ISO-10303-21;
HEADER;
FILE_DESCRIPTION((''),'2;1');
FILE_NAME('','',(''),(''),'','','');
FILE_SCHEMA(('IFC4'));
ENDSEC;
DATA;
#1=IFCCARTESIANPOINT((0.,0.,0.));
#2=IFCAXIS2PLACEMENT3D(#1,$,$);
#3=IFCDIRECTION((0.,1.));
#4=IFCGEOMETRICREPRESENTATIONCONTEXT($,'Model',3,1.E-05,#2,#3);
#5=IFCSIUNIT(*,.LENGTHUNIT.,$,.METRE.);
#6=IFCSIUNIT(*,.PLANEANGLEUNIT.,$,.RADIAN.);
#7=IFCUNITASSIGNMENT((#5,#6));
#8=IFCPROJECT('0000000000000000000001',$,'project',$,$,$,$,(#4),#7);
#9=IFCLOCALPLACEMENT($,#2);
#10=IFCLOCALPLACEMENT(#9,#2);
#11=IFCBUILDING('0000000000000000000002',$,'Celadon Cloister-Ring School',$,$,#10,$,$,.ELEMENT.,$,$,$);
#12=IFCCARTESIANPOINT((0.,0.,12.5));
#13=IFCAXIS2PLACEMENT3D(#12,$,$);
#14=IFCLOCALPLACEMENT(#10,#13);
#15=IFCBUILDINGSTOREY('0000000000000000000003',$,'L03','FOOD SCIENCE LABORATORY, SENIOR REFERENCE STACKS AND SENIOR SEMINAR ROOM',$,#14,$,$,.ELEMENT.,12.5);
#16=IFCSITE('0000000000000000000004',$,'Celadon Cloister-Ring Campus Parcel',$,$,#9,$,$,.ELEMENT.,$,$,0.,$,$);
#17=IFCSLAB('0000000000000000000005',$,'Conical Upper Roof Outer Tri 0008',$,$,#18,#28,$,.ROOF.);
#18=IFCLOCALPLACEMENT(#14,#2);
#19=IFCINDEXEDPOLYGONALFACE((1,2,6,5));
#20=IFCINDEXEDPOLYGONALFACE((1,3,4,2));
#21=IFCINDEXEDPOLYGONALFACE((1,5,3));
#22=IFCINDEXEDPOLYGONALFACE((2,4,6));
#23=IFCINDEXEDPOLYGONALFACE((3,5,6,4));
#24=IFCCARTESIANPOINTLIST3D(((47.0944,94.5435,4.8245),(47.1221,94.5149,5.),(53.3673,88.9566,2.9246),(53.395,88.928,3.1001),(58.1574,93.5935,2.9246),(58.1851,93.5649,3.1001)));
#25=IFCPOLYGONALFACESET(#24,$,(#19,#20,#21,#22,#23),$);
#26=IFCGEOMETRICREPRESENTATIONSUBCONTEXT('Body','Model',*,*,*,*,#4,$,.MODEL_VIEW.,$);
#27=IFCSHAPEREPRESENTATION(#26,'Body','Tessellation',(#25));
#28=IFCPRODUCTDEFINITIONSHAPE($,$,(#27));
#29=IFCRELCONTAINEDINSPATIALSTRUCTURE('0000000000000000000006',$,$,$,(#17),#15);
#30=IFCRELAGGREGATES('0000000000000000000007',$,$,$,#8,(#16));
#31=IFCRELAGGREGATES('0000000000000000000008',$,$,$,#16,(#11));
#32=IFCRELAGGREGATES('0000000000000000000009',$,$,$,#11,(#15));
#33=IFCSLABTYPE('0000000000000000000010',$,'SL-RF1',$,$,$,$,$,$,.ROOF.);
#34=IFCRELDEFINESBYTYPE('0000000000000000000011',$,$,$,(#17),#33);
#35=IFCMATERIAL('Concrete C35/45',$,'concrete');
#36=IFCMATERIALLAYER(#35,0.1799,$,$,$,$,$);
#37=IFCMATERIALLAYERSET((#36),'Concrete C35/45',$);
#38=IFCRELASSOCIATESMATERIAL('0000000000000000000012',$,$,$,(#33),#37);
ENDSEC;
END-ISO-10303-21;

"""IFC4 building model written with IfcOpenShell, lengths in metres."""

from ifc_helpers import new_model, si_unit, direction, frame, origin, place, context, subcontext, project, spatial, polyline, outline, extrude, material, layer, layer_set, type_object, element, save


model = new_model("IFC4")

# Units and contexts
model_context = context("Model", 3, precision=1e-05, world=origin(), true_north=direction((0.0, 1.0)))
body_context = subcontext(model_context, "Body", "Model", "MODEL_VIEW")
ifc_project = project(units=[si_unit("LENGTHUNIT", "METRE"), si_unit("PLANEANGLEUNIT", "RADIAN")], contexts=[model_context])

# Site, building, storey
site_placement = place(None, origin())
site = spatial("IfcSite", under=ifc_project, at=site_placement, Name="Celadon Cloister-Ring Campus Parcel", CompositionType="ELEMENT", RefElevation=0.0)
building_placement = place(site_placement, origin())
building = spatial("IfcBuilding", under=site, at=building_placement, Name="Celadon Cloister-Ring School", CompositionType="ELEMENT")
storey_placement = place(building_placement, frame((0.0, 0.0, 12.5)))
storey = spatial("IfcBuildingStorey", under=building, at=storey_placement, Name="L03", Description="FOOD SCIENCE LABORATORY, SENIOR REFERENCE STACKS AND SENIOR SEMINAR ROOM", CompositionType="ELEMENT", Elevation=12.5)

# Slab
ifc_material_1 = material(Name="Concrete C35/45", Category="concrete")
ifc_layer_1 = layer(ifc_material_1, 0.1799)
ifc_layer_set_1 = layer_set([ifc_layer_1], Name="Concrete C35/45")
slab_type = type_object("IfcSlabType", Name="SL-RF1", PredefinedType="ROOF", material=ifc_layer_set_1)
slab_1_placement = place(storey_placement, frame((58.1851, 93.5649, 3.1001), z_axis=(0.153836, -0.158915, 0.975234), x_axis=(-0.982061, 0.084327, 0.168654)))
element("IfcSlab", 1, at=slab_1_placement, inside=storey, type_object=slab_type, Name="Conical Upper Roof Outer Tri 0008", PredefinedType="ROOF", context=body_context, shape_type="SweptSolid", body=[
    extrude(outline(polyline([(0.0, 0.0), (11.2651, 0.0), (4.3131, 5.0836), (0.0, 0.0)])), origin(), (0.0, 0.0, -1.0), 0.1799),
])

save(model, "model.ifc")
